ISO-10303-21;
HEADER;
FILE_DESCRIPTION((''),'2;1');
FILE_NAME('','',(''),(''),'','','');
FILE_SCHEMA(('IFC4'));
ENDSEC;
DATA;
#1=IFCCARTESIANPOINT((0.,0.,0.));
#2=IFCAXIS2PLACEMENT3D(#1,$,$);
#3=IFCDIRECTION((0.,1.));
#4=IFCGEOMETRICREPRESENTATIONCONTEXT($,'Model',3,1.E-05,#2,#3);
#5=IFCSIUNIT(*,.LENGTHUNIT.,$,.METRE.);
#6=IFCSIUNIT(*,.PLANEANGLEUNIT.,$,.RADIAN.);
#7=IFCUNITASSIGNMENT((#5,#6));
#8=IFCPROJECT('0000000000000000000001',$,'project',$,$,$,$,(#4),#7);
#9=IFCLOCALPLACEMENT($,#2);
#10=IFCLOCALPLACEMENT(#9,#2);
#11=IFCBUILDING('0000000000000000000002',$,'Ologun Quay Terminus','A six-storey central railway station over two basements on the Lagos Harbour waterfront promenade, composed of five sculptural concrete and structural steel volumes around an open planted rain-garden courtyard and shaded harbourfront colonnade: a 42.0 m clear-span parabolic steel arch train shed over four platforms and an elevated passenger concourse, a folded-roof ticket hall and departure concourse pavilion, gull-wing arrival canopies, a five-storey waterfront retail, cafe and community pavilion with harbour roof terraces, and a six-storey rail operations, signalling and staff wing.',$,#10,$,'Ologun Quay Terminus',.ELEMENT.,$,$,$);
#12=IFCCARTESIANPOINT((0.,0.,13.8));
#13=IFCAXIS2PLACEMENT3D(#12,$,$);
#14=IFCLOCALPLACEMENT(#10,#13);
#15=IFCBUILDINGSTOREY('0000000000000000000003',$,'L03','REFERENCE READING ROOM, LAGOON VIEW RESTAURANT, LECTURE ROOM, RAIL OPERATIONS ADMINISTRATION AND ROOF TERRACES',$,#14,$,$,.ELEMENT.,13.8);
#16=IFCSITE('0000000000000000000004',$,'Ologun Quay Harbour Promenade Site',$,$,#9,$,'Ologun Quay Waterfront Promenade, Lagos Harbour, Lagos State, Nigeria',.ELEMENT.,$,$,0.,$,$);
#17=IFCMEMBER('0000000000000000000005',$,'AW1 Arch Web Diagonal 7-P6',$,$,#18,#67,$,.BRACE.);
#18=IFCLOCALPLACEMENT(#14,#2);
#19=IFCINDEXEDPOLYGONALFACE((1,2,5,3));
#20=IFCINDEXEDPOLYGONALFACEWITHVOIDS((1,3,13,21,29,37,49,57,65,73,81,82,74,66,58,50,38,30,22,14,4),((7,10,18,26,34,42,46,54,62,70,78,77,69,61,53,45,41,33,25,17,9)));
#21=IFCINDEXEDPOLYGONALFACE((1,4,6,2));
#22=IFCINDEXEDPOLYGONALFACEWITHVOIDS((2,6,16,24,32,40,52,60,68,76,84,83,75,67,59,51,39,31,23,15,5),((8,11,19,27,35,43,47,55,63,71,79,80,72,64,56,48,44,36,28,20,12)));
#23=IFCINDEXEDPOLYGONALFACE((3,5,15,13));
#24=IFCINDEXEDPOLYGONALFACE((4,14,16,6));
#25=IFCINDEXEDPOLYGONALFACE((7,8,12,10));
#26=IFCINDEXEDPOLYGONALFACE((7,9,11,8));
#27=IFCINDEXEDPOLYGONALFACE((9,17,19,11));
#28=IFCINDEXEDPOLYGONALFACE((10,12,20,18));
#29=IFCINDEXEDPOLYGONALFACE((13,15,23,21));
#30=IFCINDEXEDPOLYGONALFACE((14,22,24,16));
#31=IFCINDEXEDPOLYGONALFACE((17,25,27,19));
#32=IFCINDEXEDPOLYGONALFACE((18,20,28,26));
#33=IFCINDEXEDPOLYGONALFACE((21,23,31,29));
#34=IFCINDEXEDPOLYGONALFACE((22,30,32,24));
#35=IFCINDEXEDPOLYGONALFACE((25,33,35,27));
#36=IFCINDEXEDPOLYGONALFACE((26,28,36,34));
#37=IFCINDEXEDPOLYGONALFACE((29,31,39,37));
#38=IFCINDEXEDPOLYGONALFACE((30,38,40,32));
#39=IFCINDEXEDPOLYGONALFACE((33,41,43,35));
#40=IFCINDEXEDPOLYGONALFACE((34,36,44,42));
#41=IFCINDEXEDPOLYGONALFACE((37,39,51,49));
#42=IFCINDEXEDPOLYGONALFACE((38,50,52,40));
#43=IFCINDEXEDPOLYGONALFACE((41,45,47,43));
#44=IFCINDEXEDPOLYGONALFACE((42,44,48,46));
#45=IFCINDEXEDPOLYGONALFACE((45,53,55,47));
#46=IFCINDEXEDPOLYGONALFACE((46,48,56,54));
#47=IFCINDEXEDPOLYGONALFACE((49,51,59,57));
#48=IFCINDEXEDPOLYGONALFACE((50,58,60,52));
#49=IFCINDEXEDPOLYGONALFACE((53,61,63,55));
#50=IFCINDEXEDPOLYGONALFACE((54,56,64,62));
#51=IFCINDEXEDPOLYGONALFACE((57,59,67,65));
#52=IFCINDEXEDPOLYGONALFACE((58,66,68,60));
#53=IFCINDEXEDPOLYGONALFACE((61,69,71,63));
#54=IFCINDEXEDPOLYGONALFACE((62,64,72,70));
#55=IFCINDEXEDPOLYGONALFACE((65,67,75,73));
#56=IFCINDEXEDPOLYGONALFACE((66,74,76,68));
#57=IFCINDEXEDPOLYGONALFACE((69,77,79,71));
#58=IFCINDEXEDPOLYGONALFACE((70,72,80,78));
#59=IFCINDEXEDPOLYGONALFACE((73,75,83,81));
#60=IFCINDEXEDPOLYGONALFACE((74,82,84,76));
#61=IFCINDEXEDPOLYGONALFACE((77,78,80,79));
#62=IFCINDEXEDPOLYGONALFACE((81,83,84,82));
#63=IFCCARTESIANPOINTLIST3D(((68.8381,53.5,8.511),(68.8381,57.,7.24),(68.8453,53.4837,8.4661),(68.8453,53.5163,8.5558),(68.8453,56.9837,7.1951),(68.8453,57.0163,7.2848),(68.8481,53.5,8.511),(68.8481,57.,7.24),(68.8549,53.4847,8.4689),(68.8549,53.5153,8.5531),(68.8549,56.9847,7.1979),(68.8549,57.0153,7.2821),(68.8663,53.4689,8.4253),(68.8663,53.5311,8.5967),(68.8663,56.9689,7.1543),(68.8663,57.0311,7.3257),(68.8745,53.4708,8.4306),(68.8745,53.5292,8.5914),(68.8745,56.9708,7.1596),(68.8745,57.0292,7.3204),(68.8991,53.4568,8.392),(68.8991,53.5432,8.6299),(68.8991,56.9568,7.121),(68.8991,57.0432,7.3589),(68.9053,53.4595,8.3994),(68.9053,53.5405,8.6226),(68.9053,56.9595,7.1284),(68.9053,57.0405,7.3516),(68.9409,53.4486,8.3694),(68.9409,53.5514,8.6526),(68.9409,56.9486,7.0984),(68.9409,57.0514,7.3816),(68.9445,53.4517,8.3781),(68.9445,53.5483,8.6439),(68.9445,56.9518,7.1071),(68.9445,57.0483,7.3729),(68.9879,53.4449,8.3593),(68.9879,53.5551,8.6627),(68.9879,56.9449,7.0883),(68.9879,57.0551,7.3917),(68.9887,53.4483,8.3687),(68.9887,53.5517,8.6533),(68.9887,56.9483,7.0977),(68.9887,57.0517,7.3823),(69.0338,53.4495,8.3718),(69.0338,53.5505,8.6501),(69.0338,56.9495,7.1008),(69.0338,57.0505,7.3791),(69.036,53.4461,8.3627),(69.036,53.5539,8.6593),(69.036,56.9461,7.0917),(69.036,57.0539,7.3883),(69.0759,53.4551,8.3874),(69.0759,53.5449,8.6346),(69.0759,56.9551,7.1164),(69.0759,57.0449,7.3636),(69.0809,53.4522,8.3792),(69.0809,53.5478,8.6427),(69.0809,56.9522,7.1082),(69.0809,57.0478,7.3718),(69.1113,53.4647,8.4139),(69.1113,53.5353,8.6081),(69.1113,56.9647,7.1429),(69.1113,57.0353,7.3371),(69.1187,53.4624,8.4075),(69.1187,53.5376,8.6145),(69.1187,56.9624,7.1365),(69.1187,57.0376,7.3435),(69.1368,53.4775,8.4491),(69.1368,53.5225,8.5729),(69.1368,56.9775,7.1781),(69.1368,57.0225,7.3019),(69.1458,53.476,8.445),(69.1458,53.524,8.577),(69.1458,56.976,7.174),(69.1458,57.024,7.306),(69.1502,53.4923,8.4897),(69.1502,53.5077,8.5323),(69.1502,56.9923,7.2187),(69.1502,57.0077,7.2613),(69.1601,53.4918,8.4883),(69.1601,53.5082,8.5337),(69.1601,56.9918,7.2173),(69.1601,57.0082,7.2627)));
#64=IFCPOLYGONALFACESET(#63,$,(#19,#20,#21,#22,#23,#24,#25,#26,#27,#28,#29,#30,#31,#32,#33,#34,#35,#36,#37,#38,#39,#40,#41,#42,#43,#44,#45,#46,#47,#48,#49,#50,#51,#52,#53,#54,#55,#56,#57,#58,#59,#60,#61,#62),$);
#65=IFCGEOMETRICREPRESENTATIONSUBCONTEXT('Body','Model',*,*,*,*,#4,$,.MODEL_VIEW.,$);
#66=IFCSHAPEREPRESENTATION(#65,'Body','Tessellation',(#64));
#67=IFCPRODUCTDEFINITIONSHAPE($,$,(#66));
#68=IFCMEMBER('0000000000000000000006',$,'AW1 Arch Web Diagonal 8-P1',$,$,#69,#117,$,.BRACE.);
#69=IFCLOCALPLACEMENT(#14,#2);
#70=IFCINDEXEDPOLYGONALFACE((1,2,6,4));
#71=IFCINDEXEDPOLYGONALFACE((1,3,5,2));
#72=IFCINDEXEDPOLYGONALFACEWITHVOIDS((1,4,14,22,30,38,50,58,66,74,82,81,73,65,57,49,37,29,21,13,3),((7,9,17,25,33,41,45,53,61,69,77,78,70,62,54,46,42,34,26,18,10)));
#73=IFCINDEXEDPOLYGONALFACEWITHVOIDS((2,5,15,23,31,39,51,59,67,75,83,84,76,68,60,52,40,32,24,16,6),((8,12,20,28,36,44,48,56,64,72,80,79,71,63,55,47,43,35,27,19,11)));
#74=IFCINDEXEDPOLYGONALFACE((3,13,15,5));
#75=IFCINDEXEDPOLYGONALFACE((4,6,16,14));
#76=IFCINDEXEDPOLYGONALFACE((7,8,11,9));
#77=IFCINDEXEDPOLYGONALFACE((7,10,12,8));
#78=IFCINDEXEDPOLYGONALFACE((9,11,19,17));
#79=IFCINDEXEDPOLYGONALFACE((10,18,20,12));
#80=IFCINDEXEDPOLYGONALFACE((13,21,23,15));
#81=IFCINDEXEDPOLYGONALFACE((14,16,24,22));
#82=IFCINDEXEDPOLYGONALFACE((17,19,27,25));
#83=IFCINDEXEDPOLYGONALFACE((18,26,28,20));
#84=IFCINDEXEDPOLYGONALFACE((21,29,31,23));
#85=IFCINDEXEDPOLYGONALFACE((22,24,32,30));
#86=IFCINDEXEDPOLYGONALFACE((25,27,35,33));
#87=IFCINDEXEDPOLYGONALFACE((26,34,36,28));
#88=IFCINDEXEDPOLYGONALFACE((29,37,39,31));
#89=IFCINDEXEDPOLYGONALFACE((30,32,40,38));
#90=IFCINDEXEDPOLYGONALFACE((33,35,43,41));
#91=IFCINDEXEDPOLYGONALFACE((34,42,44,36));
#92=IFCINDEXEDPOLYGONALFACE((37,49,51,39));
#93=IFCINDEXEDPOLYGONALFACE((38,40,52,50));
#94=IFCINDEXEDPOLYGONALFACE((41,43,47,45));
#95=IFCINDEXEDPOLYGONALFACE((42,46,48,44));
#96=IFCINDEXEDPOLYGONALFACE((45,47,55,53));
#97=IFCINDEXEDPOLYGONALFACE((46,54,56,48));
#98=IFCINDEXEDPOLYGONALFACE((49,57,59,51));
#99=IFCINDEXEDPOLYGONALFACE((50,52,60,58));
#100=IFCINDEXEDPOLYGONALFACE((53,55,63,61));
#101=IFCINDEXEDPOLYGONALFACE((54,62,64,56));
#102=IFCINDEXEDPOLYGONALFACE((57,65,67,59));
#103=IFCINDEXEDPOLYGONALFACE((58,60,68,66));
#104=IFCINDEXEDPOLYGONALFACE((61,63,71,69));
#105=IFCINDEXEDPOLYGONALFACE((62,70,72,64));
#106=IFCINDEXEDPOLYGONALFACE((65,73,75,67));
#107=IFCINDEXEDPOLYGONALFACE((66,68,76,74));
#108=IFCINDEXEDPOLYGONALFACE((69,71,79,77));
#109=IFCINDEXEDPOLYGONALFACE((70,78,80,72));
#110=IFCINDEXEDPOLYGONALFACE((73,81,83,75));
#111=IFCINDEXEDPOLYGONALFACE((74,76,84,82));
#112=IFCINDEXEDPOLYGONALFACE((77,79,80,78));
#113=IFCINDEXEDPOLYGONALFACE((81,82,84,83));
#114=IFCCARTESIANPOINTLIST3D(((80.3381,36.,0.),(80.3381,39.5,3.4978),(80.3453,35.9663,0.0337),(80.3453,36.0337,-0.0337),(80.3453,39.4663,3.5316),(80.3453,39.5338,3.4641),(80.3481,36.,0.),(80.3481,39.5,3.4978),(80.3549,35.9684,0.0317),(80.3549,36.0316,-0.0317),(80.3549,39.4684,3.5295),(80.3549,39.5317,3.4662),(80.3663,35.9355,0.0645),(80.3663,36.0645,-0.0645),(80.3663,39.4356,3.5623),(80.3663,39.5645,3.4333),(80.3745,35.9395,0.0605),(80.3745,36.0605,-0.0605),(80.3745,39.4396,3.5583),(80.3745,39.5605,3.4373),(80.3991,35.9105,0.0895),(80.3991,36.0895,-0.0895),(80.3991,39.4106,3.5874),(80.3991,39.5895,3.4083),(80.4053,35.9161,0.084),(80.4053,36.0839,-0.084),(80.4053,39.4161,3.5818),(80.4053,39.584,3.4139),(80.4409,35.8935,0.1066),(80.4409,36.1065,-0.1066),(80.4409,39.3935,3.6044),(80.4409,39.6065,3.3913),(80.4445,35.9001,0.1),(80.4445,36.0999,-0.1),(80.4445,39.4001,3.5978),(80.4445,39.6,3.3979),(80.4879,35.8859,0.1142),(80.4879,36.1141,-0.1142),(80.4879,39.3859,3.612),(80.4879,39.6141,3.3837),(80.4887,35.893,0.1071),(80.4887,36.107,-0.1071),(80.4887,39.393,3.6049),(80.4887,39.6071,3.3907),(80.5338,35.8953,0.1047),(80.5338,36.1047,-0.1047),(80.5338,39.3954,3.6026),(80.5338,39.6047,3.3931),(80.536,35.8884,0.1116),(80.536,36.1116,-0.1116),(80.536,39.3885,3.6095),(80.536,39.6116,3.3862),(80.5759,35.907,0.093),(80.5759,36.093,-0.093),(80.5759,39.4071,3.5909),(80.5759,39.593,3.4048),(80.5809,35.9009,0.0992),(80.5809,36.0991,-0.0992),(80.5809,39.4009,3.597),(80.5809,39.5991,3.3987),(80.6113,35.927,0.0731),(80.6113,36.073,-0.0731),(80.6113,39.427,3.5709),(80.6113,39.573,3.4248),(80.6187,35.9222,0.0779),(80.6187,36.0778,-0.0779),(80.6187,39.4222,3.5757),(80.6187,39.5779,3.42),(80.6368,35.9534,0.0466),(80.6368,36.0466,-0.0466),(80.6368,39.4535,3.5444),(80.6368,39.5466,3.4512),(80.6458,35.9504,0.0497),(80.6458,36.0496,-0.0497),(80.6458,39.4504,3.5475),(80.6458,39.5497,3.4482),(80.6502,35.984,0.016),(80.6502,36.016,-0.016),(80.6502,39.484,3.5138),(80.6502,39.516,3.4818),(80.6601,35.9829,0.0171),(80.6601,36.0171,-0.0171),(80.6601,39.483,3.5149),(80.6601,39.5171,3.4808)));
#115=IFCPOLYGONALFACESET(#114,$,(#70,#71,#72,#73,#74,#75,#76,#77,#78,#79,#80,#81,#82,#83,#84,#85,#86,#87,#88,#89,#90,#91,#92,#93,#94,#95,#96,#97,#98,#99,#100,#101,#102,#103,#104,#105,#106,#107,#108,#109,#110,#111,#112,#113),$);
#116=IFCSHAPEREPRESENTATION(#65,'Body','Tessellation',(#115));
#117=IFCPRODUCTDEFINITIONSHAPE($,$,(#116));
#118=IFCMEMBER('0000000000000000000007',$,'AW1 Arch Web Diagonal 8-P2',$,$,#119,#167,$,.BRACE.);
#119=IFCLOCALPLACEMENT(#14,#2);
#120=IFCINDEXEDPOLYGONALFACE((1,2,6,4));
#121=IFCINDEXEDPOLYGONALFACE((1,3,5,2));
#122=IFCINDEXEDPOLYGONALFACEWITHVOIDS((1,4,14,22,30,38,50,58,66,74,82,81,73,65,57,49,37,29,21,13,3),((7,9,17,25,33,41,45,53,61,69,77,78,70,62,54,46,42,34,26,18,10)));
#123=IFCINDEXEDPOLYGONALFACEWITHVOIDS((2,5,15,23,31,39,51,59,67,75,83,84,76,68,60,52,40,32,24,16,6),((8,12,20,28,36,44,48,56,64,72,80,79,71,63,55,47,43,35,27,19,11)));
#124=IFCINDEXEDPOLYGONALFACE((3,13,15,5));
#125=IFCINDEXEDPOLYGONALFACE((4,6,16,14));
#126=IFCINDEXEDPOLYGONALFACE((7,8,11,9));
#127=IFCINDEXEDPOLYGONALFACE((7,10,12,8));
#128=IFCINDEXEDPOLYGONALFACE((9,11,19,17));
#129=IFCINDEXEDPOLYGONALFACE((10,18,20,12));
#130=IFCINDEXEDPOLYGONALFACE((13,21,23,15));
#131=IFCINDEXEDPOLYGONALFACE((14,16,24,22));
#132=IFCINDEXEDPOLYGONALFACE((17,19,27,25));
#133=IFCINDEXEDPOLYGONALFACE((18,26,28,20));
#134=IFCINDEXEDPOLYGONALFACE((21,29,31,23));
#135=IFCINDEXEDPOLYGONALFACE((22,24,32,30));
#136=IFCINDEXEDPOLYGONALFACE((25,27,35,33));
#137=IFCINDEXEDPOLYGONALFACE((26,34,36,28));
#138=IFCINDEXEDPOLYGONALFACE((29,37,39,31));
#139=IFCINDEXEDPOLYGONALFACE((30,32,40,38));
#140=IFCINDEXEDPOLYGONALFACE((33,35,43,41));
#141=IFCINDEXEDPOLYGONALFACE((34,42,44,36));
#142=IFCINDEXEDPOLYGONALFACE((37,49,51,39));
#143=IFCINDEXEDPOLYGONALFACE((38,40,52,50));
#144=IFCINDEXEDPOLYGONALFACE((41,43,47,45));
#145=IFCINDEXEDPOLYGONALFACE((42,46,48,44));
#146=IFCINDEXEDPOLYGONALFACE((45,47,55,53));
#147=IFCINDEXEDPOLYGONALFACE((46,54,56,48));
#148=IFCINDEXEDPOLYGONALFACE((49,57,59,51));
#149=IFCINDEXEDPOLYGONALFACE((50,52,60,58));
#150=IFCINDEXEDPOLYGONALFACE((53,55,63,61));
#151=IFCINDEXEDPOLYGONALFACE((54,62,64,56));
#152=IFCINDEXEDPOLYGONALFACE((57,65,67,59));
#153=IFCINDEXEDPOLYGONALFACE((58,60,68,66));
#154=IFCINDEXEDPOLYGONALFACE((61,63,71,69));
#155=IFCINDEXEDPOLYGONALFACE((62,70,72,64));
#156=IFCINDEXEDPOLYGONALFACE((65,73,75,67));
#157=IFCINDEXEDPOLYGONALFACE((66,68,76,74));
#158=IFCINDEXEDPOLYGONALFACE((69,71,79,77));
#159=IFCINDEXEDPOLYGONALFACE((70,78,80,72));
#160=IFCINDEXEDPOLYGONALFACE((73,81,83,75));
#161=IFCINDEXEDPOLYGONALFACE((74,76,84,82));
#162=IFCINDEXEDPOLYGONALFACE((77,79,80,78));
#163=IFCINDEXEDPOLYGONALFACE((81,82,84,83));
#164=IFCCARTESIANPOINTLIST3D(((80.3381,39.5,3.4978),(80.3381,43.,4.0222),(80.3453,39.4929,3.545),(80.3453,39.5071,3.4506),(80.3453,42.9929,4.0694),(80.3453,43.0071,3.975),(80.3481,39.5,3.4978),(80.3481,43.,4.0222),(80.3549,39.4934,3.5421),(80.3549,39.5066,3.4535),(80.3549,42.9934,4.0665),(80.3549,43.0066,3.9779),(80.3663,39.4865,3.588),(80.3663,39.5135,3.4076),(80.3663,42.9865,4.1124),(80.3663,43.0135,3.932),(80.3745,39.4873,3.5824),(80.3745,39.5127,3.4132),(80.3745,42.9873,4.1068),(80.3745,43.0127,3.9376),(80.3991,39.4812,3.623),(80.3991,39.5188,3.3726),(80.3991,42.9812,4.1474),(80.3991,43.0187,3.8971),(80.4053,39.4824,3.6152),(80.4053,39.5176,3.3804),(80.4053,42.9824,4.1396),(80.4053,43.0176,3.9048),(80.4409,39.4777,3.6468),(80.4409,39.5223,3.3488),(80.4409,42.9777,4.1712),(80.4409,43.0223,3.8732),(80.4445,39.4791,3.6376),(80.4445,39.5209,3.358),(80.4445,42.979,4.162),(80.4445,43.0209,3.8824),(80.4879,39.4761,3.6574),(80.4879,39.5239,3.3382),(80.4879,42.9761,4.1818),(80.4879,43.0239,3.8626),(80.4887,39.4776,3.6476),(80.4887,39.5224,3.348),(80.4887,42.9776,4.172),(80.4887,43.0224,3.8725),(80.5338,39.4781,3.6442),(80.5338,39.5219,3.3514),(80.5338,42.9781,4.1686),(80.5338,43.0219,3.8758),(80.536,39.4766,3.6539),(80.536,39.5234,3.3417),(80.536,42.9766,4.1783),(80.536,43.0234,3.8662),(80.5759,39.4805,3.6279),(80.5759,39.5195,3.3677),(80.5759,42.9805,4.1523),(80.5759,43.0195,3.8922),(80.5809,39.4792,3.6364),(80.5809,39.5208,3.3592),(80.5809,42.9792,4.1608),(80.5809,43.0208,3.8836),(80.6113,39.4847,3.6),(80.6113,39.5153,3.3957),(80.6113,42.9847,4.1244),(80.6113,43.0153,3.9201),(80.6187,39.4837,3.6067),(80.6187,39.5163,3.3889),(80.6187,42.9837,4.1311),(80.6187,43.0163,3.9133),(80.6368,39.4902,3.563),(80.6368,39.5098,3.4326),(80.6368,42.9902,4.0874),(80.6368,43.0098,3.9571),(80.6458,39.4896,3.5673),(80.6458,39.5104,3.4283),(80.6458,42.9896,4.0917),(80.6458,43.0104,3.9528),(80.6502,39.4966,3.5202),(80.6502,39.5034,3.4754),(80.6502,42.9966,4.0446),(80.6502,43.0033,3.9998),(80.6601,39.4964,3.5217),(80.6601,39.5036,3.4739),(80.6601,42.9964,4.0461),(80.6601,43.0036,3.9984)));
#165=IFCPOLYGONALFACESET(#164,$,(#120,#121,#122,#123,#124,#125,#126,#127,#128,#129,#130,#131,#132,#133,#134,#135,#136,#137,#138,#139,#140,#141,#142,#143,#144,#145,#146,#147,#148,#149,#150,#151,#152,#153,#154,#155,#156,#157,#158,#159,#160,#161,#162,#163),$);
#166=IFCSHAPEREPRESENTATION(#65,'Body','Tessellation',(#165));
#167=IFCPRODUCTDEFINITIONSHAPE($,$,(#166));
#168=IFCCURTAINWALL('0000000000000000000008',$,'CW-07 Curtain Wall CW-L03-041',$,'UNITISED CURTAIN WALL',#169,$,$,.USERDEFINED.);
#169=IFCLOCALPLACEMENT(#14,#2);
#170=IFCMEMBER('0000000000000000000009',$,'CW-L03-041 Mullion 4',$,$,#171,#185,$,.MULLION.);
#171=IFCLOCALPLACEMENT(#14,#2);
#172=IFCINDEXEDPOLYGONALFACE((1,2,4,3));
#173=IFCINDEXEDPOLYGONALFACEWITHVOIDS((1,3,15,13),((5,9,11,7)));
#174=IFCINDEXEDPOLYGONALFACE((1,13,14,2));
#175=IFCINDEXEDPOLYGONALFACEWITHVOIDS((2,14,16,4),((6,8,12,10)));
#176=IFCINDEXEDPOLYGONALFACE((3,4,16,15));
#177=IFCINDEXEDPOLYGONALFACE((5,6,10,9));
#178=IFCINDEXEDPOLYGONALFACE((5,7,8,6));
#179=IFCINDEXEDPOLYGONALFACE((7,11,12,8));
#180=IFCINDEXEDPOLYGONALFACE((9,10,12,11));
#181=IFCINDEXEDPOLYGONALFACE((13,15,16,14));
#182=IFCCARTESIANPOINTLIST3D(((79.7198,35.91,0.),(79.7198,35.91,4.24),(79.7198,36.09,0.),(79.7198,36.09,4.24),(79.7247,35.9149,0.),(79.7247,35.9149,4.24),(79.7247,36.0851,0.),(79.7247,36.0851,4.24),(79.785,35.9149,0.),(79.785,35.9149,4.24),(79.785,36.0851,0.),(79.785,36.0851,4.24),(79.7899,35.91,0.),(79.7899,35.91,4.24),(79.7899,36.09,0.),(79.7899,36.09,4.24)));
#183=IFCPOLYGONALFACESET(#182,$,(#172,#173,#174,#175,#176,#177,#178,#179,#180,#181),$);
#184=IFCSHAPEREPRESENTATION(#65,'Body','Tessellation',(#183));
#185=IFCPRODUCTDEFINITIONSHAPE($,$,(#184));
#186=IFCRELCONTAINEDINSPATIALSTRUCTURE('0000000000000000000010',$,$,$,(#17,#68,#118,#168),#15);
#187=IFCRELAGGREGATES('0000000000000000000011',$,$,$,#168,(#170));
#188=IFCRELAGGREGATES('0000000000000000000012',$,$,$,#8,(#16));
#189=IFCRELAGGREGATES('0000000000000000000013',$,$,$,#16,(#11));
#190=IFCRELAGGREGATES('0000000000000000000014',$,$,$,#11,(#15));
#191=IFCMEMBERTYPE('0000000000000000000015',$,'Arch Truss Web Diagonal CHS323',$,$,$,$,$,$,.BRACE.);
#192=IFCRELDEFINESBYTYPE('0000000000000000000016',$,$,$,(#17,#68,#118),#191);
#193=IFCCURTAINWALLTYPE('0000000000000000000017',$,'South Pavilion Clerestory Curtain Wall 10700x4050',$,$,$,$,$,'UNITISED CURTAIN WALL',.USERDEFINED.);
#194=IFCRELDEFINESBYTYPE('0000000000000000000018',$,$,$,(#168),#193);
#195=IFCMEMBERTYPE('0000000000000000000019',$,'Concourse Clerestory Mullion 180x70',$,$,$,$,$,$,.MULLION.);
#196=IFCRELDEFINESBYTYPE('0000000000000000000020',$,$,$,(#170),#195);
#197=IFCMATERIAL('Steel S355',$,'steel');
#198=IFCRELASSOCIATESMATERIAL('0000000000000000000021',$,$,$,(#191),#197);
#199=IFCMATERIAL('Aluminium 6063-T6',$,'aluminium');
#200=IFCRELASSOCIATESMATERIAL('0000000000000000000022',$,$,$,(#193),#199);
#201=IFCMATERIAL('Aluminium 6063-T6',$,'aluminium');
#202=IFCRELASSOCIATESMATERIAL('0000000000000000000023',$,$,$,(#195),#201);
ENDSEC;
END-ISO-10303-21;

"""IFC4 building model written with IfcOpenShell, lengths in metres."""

from ifc_helpers import new_model, si_unit, direction, frame, origin, origin_2d, place, context, subcontext, project, spatial, hollow_rectangle, hollow_circle, extrude, material, material_profile, profile_set, type_object, element, aggregate, save


model = new_model("IFC4")

# Units and contexts
model_context = context("Model", 3, precision=1e-05, world=origin(), true_north=direction((0.0, 1.0)))
body_context = subcontext(model_context, "Body", "Model", "MODEL_VIEW")
ifc_project = project(units=[si_unit("LENGTHUNIT", "METRE"), si_unit("PLANEANGLEUNIT", "RADIAN")], contexts=[model_context])

# Site, building, storey
site_placement = place(None, origin())
site = spatial("IfcSite", under=ifc_project, at=site_placement, Name="Ologun Quay Harbour Promenade Site", LongName="Ologun Quay Waterfront Promenade, Lagos Harbour, Lagos State, Nigeria", CompositionType="ELEMENT", RefElevation=0.0)
building_placement = place(site_placement, origin())
building = spatial("IfcBuilding", under=site, at=building_placement, Name="Ologun Quay Terminus", Description="A six-storey central railway station over two basements on the Lagos Harbour waterfront promenade, composed of five sculptural concrete and structural steel volumes around an open planted rain-garden courtyard and shaded harbourfront colonnade: a 42.0 m clear-span parabolic steel arch train shed over four platforms and an elevated passenger concourse, a folded-roof ticket hall and departure concourse pavilion, gull-wing arrival canopies, a five-storey waterfront retail, cafe and community pavilion with harbour roof terraces, and a six-storey rail operations, signalling and staff wing.", LongName="Ologun Quay Terminus", CompositionType="ELEMENT")
storey_placement = place(building_placement, frame((0.0, 0.0, 13.8)))
storey = spatial("IfcBuildingStorey", under=building, at=storey_placement, Name="L03", Description="REFERENCE READING ROOM, LAGOON VIEW RESTAURANT, LECTURE ROOM, RAIL OPERATIONS ADMINISTRATION AND ROOF TERRACES", CompositionType="ELEMENT", Elevation=13.8)

# Members
ifc_material_1 = material(Name="Steel S355", Category="steel")
ifc_material_profile_1 = material_profile(ifc_material_1, hollow_circle(Radius=0.1619, WallThickness=0.01, at=origin_2d()), Name="CHS 323.9x10")
ifc_profile_set_1 = profile_set([ifc_material_profile_1], Name="Steel S355")
member_type_1 = type_object("IfcMemberType", Name="Arch Truss Web Diagonal CHS323", PredefinedType="BRACE", material=ifc_profile_set_1)
member_1_placement = place(storey_placement, frame((69.0, 53.5, 8.511), z_axis=(0.0, 0.939943, -0.341332), x_axis=(-1.0, 0.0, 0.0)))
element("IfcMember", 1, at=member_1_placement, inside=storey, type_object=member_type_1, Name="AW1 Arch Web Diagonal 7-P6", PredefinedType="BRACE", context=body_context, shape_type="SweptSolid", body=[
    extrude(hollow_circle(Radius=0.1619, WallThickness=0.01, at=origin_2d()), origin(), (0.0, 0.0, 1.0), 3.7236),
])
member_2_placement = place(storey_placement, frame((80.5, 36.0, 0.0), z_axis=(0.0, 0.707329, 0.706885), x_axis=(-1.0, 0.0, 0.0)))
element("IfcMember", 2, at=member_2_placement, inside=storey, type_object=member_type_1, Name="AW1 Arch Web Diagonal 8-P1", PredefinedType="BRACE", context=body_context, shape_type="SweptSolid", body=[
    extrude(hollow_circle(Radius=0.1619, WallThickness=0.01, at=origin_2d()), origin(), (0.0, 0.0, 1.0), 4.9482),
])
member_3_placement = place(storey_placement, frame((80.5, 39.5, 3.4978), z_axis=(0.0, 0.988961, 0.148179), x_axis=(-1.0, 0.0, 0.0)))
element("IfcMember", 3, at=member_3_placement, inside=storey, type_object=member_type_1, Name="AW1 Arch Web Diagonal 8-P2", PredefinedType="BRACE", context=body_context, shape_type="SweptSolid", body=[
    extrude(hollow_circle(Radius=0.1619, WallThickness=0.01, at=origin_2d()), origin(), (0.0, 0.0, 1.0), 3.5391),
])

# Curtain wall, member
ifc_material_2 = material(Name="Aluminium 6063-T6", Category="aluminium")
curtain_wall_type = type_object("IfcCurtainWallType", Name="South Pavilion Clerestory Curtain Wall 10700x4050", ElementType="UNITISED CURTAIN WALL", PredefinedType="USERDEFINED", material=ifc_material_2)
curtain_wall_placement = place(storey_placement, origin())
curtain_wall = element("IfcCurtainWall", 4, at=curtain_wall_placement, inside=storey, type_object=curtain_wall_type, Name="CW-07 Curtain Wall CW-L03-041", ObjectType="UNITISED CURTAIN WALL", PredefinedType="USERDEFINED")
ifc_material_3 = material(Name="Aluminium 6063-T6", Category="aluminium")
ifc_material_profile_2 = material_profile(ifc_material_3, hollow_rectangle(XDim=0.0701, YDim=0.1799, WallThickness=0.0049, at=origin_2d()), Name="ALU 180x70x5")
ifc_profile_set_2 = profile_set([ifc_material_profile_2], Name="Aluminium 6063-T6")
member_type_2 = type_object("IfcMemberType", Name="Concourse Clerestory Mullion 180x70", PredefinedType="MULLION", material=ifc_profile_set_2)
member_4_placement = place(storey_placement, frame((79.7549, 36.0, 0.0), z_axis=(0.0, 0.0, 1.0), x_axis=(1.0, 0.0, 0.0)))
member_4 = element("IfcMember", 5, at=member_4_placement, type_object=member_type_2, Name="CW-L03-041 Mullion 4", PredefinedType="MULLION", context=body_context, shape_type="SweptSolid", body=[
    extrude(hollow_rectangle(XDim=0.0701, YDim=0.1799, WallThickness=0.0049, at=origin_2d()), origin(), (0.0, 0.0, 1.0), 4.24),
])
aggregate(curtain_wall, [member_4])

save(model, "model.ifc")
